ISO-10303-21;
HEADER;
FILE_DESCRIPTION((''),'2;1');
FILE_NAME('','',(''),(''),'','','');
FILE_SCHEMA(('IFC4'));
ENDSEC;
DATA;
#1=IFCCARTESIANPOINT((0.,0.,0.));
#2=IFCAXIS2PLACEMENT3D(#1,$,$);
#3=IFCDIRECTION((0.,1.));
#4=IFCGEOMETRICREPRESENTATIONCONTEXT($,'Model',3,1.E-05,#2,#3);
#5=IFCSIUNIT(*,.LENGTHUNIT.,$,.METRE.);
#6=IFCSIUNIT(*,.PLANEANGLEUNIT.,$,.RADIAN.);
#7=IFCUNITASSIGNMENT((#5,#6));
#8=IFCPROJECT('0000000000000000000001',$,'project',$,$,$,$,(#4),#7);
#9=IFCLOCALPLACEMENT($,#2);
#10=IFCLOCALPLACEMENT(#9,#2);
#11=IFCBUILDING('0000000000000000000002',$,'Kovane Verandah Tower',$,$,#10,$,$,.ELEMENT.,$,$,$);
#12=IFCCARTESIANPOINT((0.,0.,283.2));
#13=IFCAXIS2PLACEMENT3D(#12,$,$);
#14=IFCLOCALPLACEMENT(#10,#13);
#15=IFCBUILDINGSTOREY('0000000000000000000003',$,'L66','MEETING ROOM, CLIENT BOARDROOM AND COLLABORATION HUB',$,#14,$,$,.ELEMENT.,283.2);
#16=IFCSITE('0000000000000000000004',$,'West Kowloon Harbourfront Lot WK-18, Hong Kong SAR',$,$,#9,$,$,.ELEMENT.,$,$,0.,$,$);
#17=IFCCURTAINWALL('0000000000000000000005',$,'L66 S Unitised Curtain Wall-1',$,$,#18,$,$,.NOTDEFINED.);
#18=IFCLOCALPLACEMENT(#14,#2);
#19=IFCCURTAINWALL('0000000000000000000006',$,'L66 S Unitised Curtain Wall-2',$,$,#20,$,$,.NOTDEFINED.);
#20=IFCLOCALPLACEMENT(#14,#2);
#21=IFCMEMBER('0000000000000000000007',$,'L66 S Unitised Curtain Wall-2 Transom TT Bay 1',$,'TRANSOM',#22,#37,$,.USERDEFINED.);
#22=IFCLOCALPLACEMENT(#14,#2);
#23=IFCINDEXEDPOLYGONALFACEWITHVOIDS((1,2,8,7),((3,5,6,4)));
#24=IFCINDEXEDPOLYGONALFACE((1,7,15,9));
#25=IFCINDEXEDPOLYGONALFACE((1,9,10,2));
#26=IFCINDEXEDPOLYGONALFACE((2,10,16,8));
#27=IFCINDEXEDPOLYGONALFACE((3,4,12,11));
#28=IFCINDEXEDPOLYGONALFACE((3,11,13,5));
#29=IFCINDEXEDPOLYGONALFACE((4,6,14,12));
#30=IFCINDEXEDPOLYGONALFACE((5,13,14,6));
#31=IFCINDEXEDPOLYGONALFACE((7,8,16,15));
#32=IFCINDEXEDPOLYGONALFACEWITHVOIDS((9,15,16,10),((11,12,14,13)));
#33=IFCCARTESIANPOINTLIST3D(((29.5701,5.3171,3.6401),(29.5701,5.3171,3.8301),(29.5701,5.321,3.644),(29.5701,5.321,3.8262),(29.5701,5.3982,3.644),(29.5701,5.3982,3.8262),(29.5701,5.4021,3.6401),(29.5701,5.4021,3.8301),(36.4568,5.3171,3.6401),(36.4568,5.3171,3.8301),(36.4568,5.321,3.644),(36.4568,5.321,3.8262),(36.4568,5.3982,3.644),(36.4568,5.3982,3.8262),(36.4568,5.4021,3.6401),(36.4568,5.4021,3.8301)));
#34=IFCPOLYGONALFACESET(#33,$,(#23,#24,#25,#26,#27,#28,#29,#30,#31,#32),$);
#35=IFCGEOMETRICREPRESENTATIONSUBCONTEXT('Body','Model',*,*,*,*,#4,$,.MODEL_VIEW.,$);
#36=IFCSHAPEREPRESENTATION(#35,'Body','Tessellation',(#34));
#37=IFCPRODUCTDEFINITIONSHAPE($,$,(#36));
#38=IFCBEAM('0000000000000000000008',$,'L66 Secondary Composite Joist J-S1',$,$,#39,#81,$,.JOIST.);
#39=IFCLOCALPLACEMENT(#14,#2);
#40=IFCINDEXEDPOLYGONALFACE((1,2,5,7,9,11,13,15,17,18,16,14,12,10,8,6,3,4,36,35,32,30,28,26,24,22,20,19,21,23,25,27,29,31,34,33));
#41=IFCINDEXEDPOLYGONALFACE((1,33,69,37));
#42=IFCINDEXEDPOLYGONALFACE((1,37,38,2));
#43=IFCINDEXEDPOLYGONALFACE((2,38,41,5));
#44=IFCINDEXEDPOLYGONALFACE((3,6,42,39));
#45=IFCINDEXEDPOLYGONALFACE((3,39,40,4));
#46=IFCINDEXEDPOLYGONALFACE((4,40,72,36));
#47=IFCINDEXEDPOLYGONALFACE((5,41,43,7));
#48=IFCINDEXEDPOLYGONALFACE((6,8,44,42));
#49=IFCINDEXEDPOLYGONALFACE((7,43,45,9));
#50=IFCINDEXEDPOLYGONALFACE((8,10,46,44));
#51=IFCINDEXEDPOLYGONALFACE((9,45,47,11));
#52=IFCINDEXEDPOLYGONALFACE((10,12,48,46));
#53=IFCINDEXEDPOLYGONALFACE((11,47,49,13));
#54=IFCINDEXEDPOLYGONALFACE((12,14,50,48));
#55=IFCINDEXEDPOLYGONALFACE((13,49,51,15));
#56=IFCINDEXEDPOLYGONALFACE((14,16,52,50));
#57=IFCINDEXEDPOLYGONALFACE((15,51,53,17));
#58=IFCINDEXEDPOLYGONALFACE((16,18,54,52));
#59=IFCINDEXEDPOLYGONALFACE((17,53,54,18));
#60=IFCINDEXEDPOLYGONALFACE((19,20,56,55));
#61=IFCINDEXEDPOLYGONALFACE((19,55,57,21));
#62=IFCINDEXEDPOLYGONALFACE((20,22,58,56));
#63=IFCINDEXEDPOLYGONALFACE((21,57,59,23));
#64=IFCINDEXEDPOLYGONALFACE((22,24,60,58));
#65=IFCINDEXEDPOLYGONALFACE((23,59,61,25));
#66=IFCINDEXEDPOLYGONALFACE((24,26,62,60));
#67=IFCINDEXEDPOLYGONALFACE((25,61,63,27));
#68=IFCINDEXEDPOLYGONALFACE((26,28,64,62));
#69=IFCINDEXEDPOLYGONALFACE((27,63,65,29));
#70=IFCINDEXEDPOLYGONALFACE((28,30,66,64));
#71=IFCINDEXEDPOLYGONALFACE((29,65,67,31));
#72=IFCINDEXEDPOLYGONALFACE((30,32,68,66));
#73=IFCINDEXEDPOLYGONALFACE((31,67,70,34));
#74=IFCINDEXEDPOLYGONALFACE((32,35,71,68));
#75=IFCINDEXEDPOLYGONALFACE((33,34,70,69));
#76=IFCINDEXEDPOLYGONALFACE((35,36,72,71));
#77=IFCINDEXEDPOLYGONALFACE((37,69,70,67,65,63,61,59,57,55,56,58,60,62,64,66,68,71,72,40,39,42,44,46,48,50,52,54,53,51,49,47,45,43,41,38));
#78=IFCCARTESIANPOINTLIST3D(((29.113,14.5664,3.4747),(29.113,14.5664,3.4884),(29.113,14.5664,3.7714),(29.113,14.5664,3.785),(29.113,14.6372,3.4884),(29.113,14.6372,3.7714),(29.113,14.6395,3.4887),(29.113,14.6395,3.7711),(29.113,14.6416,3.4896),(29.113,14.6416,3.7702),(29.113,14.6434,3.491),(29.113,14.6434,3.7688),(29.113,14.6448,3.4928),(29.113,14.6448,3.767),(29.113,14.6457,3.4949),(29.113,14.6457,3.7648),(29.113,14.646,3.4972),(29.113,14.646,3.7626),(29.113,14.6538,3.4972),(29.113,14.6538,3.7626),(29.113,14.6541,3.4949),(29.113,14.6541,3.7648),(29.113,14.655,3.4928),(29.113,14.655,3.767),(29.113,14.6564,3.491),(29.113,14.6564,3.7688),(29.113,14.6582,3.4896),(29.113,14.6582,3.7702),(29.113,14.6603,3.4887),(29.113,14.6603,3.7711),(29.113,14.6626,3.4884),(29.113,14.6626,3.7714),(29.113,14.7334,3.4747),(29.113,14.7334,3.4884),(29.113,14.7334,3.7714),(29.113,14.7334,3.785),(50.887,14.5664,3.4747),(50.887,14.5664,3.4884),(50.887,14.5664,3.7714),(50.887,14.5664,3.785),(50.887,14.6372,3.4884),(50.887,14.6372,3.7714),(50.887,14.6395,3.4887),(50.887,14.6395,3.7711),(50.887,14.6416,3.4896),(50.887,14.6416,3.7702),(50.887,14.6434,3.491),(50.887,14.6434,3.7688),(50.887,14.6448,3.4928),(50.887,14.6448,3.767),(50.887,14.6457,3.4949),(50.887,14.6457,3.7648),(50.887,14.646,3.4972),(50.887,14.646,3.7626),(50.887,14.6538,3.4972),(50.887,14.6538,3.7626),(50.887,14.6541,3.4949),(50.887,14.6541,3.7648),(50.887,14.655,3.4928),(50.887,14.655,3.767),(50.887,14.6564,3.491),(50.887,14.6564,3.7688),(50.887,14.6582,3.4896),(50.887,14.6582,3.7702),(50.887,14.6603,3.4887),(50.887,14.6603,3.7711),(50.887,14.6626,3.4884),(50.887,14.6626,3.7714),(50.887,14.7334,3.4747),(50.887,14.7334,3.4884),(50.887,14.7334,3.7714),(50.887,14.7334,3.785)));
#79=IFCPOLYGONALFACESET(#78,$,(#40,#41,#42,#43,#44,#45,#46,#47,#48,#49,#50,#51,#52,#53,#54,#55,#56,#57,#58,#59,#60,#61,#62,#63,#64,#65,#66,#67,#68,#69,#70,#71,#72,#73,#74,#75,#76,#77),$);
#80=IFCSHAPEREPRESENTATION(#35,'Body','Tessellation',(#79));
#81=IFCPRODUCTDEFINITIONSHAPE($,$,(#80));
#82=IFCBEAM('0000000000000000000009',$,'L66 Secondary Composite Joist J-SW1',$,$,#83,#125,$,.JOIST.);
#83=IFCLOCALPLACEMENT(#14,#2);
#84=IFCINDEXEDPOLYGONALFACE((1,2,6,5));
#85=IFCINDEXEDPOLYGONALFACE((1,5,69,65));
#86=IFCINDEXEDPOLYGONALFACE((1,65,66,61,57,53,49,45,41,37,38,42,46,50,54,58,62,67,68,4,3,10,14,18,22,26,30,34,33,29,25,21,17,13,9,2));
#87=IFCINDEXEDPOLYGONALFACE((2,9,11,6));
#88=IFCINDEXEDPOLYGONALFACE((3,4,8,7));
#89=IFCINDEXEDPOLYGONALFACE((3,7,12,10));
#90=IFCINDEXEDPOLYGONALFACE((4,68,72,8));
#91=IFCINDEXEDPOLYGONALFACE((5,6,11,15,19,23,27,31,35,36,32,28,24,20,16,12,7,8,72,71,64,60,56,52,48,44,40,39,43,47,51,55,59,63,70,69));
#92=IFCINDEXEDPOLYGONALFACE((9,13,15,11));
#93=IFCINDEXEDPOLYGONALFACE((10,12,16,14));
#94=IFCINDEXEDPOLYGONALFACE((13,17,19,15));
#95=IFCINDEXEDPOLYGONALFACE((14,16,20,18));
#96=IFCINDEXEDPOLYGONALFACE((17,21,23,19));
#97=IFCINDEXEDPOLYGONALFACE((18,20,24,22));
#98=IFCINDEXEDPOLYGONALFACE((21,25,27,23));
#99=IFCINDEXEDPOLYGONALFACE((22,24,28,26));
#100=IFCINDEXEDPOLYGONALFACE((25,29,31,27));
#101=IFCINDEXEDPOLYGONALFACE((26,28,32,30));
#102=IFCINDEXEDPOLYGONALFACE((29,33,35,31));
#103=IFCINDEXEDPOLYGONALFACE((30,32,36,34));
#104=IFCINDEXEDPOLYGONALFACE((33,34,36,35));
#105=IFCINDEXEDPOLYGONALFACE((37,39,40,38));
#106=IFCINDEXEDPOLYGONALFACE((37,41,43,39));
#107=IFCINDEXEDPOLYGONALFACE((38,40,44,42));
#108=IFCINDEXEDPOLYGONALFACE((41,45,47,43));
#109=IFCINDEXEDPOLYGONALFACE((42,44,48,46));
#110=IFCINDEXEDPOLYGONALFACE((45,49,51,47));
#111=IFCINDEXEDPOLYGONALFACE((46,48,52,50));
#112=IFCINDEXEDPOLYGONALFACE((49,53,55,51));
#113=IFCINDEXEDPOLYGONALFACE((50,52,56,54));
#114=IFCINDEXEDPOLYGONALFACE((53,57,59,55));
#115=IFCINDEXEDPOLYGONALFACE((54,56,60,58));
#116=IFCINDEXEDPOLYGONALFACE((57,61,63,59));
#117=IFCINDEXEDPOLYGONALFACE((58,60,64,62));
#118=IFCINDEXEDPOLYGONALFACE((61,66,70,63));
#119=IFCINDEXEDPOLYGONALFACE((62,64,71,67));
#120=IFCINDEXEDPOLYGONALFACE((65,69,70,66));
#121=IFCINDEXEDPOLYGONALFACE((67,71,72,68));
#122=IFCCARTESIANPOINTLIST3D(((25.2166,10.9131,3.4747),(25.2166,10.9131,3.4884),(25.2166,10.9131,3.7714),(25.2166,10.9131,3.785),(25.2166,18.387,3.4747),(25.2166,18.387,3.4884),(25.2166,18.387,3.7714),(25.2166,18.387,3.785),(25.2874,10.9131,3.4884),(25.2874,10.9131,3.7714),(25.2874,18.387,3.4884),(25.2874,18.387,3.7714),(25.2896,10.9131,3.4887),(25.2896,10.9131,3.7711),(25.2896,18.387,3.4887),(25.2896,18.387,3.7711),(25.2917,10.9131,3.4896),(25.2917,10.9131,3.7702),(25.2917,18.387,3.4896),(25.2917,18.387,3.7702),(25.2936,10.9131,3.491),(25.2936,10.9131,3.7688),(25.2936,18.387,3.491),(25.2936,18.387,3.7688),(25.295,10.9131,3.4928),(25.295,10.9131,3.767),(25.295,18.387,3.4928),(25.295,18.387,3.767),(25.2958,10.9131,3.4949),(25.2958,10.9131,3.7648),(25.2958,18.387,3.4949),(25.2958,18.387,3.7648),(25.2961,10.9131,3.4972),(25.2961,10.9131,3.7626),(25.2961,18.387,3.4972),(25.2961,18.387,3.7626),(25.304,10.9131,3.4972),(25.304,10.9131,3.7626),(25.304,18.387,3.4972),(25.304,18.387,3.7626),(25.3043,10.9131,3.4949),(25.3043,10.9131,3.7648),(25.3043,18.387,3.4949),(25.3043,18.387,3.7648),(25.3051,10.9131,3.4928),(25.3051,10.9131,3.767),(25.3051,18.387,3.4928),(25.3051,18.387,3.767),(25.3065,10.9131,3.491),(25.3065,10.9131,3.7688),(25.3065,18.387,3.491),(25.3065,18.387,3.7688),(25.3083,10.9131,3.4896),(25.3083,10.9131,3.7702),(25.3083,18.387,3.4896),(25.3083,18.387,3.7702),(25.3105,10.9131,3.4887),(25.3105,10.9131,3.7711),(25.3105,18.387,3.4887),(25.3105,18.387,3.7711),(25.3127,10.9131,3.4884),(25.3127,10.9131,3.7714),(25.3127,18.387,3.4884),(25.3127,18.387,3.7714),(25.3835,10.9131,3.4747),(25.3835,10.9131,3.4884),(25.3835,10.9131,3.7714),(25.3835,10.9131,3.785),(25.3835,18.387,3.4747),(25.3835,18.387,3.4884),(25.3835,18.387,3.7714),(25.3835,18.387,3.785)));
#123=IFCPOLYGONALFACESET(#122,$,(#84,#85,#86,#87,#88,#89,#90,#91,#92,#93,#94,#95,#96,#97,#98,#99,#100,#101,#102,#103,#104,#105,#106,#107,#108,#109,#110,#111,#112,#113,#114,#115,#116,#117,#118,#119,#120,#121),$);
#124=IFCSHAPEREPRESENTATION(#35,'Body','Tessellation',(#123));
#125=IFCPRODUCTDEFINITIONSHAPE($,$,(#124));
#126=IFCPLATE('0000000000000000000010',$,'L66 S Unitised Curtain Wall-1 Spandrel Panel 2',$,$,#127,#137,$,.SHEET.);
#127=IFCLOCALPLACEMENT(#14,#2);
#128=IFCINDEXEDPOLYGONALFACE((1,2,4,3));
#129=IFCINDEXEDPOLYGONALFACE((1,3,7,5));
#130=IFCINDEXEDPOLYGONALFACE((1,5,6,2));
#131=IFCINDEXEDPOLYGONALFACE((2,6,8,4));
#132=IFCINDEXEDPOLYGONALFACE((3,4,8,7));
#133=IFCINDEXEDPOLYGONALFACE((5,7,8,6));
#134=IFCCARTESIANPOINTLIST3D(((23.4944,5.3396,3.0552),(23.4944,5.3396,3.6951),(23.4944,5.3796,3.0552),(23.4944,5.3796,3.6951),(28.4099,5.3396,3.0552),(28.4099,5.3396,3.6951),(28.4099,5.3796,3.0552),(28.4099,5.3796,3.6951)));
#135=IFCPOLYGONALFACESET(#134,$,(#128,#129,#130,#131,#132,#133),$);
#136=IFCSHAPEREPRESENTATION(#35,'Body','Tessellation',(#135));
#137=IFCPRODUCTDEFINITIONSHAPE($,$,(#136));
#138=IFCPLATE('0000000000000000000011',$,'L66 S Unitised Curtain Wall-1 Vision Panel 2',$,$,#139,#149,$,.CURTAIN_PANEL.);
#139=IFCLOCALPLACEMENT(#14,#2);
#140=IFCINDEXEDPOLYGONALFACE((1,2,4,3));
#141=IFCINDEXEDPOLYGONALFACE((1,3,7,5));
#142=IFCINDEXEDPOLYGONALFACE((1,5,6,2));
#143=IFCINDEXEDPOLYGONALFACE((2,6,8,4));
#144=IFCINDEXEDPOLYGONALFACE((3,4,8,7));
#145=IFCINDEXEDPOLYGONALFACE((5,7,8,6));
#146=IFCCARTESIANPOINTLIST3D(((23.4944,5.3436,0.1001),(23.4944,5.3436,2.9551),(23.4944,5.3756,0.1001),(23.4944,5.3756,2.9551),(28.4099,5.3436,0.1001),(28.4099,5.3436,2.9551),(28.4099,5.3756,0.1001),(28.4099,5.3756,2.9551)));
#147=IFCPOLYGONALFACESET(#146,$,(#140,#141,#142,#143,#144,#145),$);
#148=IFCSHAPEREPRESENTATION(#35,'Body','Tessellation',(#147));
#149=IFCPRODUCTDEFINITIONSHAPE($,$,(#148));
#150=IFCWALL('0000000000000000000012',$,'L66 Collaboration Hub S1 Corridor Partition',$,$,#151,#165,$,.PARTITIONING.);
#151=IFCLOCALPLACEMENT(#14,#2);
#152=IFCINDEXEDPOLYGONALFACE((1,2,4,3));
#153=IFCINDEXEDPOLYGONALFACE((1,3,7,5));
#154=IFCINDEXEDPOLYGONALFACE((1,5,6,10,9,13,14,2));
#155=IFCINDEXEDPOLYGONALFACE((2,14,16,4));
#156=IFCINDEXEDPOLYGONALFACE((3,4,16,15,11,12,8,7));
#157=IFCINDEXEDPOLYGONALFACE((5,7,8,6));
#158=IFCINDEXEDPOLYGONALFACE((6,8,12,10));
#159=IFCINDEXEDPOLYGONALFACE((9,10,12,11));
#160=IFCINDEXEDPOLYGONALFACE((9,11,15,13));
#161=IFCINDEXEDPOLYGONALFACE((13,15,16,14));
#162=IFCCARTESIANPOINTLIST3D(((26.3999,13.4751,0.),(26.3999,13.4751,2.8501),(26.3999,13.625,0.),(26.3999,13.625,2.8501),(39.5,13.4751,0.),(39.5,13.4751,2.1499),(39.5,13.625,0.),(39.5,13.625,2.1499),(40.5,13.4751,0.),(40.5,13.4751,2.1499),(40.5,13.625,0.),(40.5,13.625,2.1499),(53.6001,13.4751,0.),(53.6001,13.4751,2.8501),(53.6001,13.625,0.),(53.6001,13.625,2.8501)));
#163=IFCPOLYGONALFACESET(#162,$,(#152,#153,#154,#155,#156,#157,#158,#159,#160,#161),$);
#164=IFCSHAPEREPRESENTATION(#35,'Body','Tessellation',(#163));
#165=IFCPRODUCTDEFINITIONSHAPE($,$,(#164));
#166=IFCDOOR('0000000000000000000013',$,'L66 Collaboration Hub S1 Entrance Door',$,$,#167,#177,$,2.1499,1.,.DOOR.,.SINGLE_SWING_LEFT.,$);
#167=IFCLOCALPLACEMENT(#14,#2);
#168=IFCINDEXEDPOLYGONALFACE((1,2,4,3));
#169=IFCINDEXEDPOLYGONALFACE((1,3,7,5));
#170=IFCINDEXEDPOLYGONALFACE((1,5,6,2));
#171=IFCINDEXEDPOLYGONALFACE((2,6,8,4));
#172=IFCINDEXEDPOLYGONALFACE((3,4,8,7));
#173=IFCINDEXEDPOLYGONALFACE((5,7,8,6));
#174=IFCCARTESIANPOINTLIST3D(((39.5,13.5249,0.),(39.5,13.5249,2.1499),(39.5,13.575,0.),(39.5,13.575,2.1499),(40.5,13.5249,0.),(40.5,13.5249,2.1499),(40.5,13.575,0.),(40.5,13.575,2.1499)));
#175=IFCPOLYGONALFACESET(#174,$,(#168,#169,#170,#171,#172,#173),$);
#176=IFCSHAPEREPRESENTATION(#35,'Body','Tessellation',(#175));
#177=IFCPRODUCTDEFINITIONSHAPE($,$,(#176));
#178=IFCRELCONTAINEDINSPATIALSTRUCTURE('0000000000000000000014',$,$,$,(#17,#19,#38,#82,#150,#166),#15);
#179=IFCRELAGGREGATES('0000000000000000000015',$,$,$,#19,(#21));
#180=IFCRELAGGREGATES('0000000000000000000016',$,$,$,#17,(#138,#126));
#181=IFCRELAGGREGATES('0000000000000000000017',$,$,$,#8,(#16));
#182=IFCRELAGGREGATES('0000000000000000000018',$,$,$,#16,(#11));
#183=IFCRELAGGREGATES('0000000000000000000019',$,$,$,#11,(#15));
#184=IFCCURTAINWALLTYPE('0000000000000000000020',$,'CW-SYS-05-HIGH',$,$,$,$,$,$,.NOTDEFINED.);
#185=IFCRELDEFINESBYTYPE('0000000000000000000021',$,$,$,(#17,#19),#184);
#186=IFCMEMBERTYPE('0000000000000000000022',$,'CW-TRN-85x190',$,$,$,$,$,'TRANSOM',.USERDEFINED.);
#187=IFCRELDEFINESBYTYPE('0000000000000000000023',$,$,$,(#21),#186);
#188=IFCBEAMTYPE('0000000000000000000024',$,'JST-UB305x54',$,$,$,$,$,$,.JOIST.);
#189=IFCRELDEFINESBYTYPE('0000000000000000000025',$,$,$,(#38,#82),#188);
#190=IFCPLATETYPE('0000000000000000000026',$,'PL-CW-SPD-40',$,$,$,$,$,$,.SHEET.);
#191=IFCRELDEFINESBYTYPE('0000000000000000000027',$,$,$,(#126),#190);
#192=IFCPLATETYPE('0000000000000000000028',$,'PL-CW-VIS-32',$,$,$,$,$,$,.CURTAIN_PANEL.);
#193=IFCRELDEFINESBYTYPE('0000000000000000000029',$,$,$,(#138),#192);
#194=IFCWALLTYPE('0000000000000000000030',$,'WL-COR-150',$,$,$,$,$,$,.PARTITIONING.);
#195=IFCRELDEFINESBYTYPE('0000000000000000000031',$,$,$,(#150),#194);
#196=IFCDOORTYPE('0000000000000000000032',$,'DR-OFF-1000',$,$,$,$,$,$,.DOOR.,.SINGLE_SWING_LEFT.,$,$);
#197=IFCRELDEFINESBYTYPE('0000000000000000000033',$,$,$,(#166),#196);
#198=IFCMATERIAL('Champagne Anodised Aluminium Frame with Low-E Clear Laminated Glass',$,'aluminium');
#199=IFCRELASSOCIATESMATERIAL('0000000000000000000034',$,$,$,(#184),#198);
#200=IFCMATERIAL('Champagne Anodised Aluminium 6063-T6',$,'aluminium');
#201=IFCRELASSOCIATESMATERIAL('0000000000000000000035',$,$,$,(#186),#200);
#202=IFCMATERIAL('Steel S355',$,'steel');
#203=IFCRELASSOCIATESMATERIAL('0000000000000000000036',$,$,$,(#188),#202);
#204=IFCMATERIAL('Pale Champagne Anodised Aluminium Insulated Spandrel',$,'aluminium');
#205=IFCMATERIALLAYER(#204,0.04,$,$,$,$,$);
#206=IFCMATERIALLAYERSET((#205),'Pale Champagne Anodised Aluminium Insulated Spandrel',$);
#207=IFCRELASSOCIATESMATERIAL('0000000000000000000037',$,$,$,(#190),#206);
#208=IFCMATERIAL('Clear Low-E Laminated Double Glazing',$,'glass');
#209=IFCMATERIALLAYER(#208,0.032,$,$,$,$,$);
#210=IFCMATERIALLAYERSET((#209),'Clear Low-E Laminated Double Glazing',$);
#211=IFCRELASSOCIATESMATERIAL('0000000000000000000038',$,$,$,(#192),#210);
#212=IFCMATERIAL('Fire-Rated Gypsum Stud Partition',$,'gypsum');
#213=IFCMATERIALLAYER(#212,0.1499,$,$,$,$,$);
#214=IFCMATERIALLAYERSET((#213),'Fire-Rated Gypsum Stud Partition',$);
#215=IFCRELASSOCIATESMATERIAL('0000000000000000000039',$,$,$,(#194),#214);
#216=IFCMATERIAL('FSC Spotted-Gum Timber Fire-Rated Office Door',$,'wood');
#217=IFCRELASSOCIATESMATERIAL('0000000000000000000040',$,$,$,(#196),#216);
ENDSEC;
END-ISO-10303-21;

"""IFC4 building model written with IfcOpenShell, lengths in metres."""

from ifc_helpers import new_model, si_unit, direction, frame, frame_2d, origin, origin_2d, place, context, subcontext, project, spatial, rectangle, hollow_rectangle, i_section, extrude, material, layer, layer_set, material_profile, profile_set, type_object, element, fill, aggregate, save


model = new_model("IFC4")

# Units and contexts
model_context = context("Model", 3, precision=1e-05, world=origin(), true_north=direction((0.0, 1.0)))
body_context = subcontext(model_context, "Body", "Model", "MODEL_VIEW")
ifc_project = project(units=[si_unit("LENGTHUNIT", "METRE"), si_unit("PLANEANGLEUNIT", "RADIAN")], contexts=[model_context])

# Site, building, storey
site_placement = place(None, origin())
site = spatial("IfcSite", under=ifc_project, at=site_placement, Name="West Kowloon Harbourfront Lot WK-18, Hong Kong SAR", CompositionType="ELEMENT", RefElevation=0.0)
building_placement = place(site_placement, origin())
building = spatial("IfcBuilding", under=site, at=building_placement, Name="Kovane Verandah Tower", CompositionType="ELEMENT")
storey_placement = place(building_placement, frame((0.0, 0.0, 283.2)))
storey = spatial("IfcBuildingStorey", under=building, at=storey_placement, Name="L66", Description="MEETING ROOM, CLIENT BOARDROOM AND COLLABORATION HUB", CompositionType="ELEMENT", Elevation=283.2)

# Shared definitions
ifc_material_1 = material(Name="Steel S355", Category="steel")

# Curtain wall
ifc_material_2 = material(Name="Champagne Anodised Aluminium Frame with Low-E Clear Laminated Glass", Category="aluminium")
curtain_wall_type = type_object("IfcCurtainWallType", Name="CW-SYS-05-HIGH", PredefinedType="NOTDEFINED", material=ifc_material_2)
curtain_wall_1_placement = place(storey_placement, origin())
curtain_wall_1 = element("IfcCurtainWall", 1, at=curtain_wall_1_placement, inside=storey, type_object=curtain_wall_type, Name="L66 S Unitised Curtain Wall-1", PredefinedType="NOTDEFINED")
ifc_material_3 = material(Name="Champagne Anodised Aluminium 6063-T6", Category="aluminium")

# Curtain wall
curtain_wall_2_placement = place(storey_placement, origin())
curtain_wall_2 = element("IfcCurtainWall", 2, at=curtain_wall_2_placement, inside=storey, type_object=curtain_wall_type, Name="L66 S Unitised Curtain Wall-2", PredefinedType="NOTDEFINED")

# Member
ifc_material_profile_1 = material_profile(ifc_material_3, hollow_rectangle(XDim=0.085, YDim=0.1899, WallThickness=0.0039, at=origin_2d()), Name="AL85x190x4")
ifc_profile_set_1 = profile_set([ifc_material_profile_1], Name="Champagne Anodised Aluminium 6063-T6")
member_type_1 = type_object("IfcMemberType", Name="CW-TRN-85x190", ElementType="TRANSOM", PredefinedType="USERDEFINED", material=ifc_profile_set_1)
member_1_placement = place(storey_placement, frame((29.5701, 5.3596, 3.7351), z_axis=(1.0, 0.0, 0.0), x_axis=(0.0, 1.0, 0.0)))
member_1 = element("IfcMember", 3, at=member_1_placement, type_object=member_type_1, Name="L66 S Unitised Curtain Wall-2 Transom TT Bay 1", ObjectType="TRANSOM", PredefinedType="USERDEFINED", context=body_context, shape_type="SweptSolid", body=[
    extrude(hollow_rectangle(XDim=0.085, YDim=0.1899, WallThickness=0.0039, at=origin_2d()), origin(), (0.0, 0.0, 1.0), 6.8867),
])
aggregate(curtain_wall_2, [member_1])

# Beams
ifc_material_profile_2 = material_profile(ifc_material_1, i_section(OverallWidth=0.167, OverallDepth=0.3103, WebThickness=0.0078, FlangeThickness=0.0137, FilletRadius=0.0088, at=origin_2d()), Name="UB305x165x54")
ifc_profile_set_2 = profile_set([ifc_material_profile_2], Name="Steel S355")
beam_type_1 = type_object("IfcBeamType", Name="JST-UB305x54", PredefinedType="JOIST", material=ifc_profile_set_2)
beam_1_placement = place(storey_placement, frame((29.113, 14.6499, 3.6299), z_axis=(1.0, 0.0, 0.0), x_axis=(0.0, 1.0, 0.0)))
element("IfcBeam", 4, at=beam_1_placement, inside=storey, type_object=beam_type_1, Name="L66 Secondary Composite Joist J-S1", PredefinedType="JOIST", context=body_context, shape_type="SweptSolid", body=[
    extrude(i_section(OverallWidth=0.167, OverallDepth=0.3103, WebThickness=0.0078, FlangeThickness=0.0137, FilletRadius=0.0088, at=origin_2d()), origin(), (0.0, 0.0, 1.0), 21.7739),
])
beam_2_placement = place(storey_placement, frame((25.3, 10.9131, 3.6299), z_axis=(0.0, 1.0, 0.0), x_axis=(-1.0, 0.0, 0.0)))
element("IfcBeam", 5, at=beam_2_placement, inside=storey, type_object=beam_type_1, Name="L66 Secondary Composite Joist J-SW1", PredefinedType="JOIST", context=body_context, shape_type="SweptSolid", body=[
    extrude(i_section(OverallWidth=0.167, OverallDepth=0.3103, WebThickness=0.0078, FlangeThickness=0.0137, FilletRadius=0.0088, at=origin_2d()), origin(), (0.0, 0.0, 1.0), 7.4739),
])

# Plates
ifc_material_4 = material(Name="Pale Champagne Anodised Aluminium Insulated Spandrel", Category="aluminium")
ifc_layer_1 = layer(ifc_material_4, 0.04)
ifc_layer_set_1 = layer_set([ifc_layer_1], Name="Pale Champagne Anodised Aluminium Insulated Spandrel")
plate_type_1 = type_object("IfcPlateType", Name="PL-CW-SPD-40", PredefinedType="SHEET", material=ifc_layer_set_1)
plate_1_placement = place(storey_placement, frame((25.9521, 5.3596, 3.0552), z_axis=(0.0, 0.0, 1.0), x_axis=(1.0, 0.0, 0.0)))
plate_1 = element("IfcPlate", 6, at=plate_1_placement, type_object=plate_type_1, Name="L66 S Unitised Curtain Wall-1 Spandrel Panel 2", PredefinedType="SHEET", context=body_context, shape_type="SweptSolid", body=[
    extrude(rectangle(XDim=4.9155, YDim=0.04, at=origin_2d()), origin(), (0.0, 0.0, 1.0), 0.6399),
])
ifc_material_5 = material(Name="Clear Low-E Laminated Double Glazing", Category="glass")
ifc_layer_2 = layer(ifc_material_5, 0.032)
ifc_layer_set_2 = layer_set([ifc_layer_2], Name="Clear Low-E Laminated Double Glazing")
plate_type_2 = type_object("IfcPlateType", Name="PL-CW-VIS-32", PredefinedType="CURTAIN_PANEL", material=ifc_layer_set_2)
plate_2_placement = place(storey_placement, frame((25.9521, 5.3596, 0.1001), z_axis=(0.0, 0.0, 1.0), x_axis=(1.0, 0.0, 0.0)))
plate_2 = element("IfcPlate", 7, at=plate_2_placement, type_object=plate_type_2, Name="L66 S Unitised Curtain Wall-1 Vision Panel 2", PredefinedType="CURTAIN_PANEL", context=body_context, shape_type="SweptSolid", body=[
    extrude(rectangle(XDim=4.9155, YDim=0.032, at=origin_2d()), origin(), (0.0, 0.0, 1.0), 2.855),
])
aggregate(curtain_wall_1, [plate_2, plate_1])

# Wall, opening, door
ifc_material_6 = material(Name="Fire-Rated Gypsum Stud Partition", Category="gypsum")
ifc_layer_3 = layer(ifc_material_6, 0.1499)
ifc_layer_set_3 = layer_set([ifc_layer_3], Name="Fire-Rated Gypsum Stud Partition")
wall_type = type_object("IfcWallType", Name="WL-COR-150", PredefinedType="PARTITIONING", material=ifc_layer_set_3)
wall_1_placement = place(storey_placement, frame((26.3999, 13.55, 0.0), z_axis=(0.0, 0.0, 1.0), x_axis=(1.0, 0.0, 0.0)))
wall_1 = element("IfcWall", 8, at=wall_1_placement, inside=storey, type_object=wall_type, Name="L66 Collaboration Hub S1 Corridor Partition", PredefinedType="PARTITIONING", context=body_context, shape_type="SweptSolid", body=[
    extrude(rectangle(XDim=27.2002, YDim=0.1499, at=frame_2d((13.6001, 0.0))), origin(), (0.0, 0.0, 1.0), 2.8501),
])
opening_1_placement = place(wall_1_placement, frame((13.1001, 0.0, 0.0)))
opening_1 = element("IfcOpeningElement", 9, at=opening_1_placement, cuts=wall_1, PredefinedType="OPENING", context=body_context, shape_type="SweptSolid", body=[
    extrude(rectangle(XDim=1.0, YDim=2.1499, at=frame_2d((0.5, 1.075))), frame((0.0, 0.075, 0.0), z_axis=(0.0, -1.0, 0.0), x_axis=(1.0, 0.0, 0.0)), (0.0, 0.0, 1.0), 0.1499),
])
ifc_material_7 = material(Name="FSC Spotted-Gum Timber Fire-Rated Office Door", Category="wood")
door_type = type_object("IfcDoorType", Name="DR-OFF-1000", OperationType="SINGLE_SWING_LEFT", PredefinedType="DOOR", material=ifc_material_7)
door_1_placement = place(opening_1_placement, origin())
door_1 = element("IfcDoor", 10, at=door_1_placement, inside=storey, type_object=door_type, Name="L66 Collaboration Hub S1 Entrance Door", OperationType="SINGLE_SWING_LEFT", OverallHeight=2.1499, OverallWidth=1.0, PredefinedType="DOOR", context=body_context, shape_type="SweptSolid", body=[
    extrude(rectangle(XDim=1.0, YDim=2.1499, at=frame_2d((0.5, 1.075))), frame((0.0, 0.0249, 0.0), z_axis=(0.0, -1.0, 0.0), x_axis=(1.0, 0.0, 0.0)), (0.0, 0.0, 1.0), 0.05),
])
fill(opening_1, door_1)

save(model, "model.ifc")
